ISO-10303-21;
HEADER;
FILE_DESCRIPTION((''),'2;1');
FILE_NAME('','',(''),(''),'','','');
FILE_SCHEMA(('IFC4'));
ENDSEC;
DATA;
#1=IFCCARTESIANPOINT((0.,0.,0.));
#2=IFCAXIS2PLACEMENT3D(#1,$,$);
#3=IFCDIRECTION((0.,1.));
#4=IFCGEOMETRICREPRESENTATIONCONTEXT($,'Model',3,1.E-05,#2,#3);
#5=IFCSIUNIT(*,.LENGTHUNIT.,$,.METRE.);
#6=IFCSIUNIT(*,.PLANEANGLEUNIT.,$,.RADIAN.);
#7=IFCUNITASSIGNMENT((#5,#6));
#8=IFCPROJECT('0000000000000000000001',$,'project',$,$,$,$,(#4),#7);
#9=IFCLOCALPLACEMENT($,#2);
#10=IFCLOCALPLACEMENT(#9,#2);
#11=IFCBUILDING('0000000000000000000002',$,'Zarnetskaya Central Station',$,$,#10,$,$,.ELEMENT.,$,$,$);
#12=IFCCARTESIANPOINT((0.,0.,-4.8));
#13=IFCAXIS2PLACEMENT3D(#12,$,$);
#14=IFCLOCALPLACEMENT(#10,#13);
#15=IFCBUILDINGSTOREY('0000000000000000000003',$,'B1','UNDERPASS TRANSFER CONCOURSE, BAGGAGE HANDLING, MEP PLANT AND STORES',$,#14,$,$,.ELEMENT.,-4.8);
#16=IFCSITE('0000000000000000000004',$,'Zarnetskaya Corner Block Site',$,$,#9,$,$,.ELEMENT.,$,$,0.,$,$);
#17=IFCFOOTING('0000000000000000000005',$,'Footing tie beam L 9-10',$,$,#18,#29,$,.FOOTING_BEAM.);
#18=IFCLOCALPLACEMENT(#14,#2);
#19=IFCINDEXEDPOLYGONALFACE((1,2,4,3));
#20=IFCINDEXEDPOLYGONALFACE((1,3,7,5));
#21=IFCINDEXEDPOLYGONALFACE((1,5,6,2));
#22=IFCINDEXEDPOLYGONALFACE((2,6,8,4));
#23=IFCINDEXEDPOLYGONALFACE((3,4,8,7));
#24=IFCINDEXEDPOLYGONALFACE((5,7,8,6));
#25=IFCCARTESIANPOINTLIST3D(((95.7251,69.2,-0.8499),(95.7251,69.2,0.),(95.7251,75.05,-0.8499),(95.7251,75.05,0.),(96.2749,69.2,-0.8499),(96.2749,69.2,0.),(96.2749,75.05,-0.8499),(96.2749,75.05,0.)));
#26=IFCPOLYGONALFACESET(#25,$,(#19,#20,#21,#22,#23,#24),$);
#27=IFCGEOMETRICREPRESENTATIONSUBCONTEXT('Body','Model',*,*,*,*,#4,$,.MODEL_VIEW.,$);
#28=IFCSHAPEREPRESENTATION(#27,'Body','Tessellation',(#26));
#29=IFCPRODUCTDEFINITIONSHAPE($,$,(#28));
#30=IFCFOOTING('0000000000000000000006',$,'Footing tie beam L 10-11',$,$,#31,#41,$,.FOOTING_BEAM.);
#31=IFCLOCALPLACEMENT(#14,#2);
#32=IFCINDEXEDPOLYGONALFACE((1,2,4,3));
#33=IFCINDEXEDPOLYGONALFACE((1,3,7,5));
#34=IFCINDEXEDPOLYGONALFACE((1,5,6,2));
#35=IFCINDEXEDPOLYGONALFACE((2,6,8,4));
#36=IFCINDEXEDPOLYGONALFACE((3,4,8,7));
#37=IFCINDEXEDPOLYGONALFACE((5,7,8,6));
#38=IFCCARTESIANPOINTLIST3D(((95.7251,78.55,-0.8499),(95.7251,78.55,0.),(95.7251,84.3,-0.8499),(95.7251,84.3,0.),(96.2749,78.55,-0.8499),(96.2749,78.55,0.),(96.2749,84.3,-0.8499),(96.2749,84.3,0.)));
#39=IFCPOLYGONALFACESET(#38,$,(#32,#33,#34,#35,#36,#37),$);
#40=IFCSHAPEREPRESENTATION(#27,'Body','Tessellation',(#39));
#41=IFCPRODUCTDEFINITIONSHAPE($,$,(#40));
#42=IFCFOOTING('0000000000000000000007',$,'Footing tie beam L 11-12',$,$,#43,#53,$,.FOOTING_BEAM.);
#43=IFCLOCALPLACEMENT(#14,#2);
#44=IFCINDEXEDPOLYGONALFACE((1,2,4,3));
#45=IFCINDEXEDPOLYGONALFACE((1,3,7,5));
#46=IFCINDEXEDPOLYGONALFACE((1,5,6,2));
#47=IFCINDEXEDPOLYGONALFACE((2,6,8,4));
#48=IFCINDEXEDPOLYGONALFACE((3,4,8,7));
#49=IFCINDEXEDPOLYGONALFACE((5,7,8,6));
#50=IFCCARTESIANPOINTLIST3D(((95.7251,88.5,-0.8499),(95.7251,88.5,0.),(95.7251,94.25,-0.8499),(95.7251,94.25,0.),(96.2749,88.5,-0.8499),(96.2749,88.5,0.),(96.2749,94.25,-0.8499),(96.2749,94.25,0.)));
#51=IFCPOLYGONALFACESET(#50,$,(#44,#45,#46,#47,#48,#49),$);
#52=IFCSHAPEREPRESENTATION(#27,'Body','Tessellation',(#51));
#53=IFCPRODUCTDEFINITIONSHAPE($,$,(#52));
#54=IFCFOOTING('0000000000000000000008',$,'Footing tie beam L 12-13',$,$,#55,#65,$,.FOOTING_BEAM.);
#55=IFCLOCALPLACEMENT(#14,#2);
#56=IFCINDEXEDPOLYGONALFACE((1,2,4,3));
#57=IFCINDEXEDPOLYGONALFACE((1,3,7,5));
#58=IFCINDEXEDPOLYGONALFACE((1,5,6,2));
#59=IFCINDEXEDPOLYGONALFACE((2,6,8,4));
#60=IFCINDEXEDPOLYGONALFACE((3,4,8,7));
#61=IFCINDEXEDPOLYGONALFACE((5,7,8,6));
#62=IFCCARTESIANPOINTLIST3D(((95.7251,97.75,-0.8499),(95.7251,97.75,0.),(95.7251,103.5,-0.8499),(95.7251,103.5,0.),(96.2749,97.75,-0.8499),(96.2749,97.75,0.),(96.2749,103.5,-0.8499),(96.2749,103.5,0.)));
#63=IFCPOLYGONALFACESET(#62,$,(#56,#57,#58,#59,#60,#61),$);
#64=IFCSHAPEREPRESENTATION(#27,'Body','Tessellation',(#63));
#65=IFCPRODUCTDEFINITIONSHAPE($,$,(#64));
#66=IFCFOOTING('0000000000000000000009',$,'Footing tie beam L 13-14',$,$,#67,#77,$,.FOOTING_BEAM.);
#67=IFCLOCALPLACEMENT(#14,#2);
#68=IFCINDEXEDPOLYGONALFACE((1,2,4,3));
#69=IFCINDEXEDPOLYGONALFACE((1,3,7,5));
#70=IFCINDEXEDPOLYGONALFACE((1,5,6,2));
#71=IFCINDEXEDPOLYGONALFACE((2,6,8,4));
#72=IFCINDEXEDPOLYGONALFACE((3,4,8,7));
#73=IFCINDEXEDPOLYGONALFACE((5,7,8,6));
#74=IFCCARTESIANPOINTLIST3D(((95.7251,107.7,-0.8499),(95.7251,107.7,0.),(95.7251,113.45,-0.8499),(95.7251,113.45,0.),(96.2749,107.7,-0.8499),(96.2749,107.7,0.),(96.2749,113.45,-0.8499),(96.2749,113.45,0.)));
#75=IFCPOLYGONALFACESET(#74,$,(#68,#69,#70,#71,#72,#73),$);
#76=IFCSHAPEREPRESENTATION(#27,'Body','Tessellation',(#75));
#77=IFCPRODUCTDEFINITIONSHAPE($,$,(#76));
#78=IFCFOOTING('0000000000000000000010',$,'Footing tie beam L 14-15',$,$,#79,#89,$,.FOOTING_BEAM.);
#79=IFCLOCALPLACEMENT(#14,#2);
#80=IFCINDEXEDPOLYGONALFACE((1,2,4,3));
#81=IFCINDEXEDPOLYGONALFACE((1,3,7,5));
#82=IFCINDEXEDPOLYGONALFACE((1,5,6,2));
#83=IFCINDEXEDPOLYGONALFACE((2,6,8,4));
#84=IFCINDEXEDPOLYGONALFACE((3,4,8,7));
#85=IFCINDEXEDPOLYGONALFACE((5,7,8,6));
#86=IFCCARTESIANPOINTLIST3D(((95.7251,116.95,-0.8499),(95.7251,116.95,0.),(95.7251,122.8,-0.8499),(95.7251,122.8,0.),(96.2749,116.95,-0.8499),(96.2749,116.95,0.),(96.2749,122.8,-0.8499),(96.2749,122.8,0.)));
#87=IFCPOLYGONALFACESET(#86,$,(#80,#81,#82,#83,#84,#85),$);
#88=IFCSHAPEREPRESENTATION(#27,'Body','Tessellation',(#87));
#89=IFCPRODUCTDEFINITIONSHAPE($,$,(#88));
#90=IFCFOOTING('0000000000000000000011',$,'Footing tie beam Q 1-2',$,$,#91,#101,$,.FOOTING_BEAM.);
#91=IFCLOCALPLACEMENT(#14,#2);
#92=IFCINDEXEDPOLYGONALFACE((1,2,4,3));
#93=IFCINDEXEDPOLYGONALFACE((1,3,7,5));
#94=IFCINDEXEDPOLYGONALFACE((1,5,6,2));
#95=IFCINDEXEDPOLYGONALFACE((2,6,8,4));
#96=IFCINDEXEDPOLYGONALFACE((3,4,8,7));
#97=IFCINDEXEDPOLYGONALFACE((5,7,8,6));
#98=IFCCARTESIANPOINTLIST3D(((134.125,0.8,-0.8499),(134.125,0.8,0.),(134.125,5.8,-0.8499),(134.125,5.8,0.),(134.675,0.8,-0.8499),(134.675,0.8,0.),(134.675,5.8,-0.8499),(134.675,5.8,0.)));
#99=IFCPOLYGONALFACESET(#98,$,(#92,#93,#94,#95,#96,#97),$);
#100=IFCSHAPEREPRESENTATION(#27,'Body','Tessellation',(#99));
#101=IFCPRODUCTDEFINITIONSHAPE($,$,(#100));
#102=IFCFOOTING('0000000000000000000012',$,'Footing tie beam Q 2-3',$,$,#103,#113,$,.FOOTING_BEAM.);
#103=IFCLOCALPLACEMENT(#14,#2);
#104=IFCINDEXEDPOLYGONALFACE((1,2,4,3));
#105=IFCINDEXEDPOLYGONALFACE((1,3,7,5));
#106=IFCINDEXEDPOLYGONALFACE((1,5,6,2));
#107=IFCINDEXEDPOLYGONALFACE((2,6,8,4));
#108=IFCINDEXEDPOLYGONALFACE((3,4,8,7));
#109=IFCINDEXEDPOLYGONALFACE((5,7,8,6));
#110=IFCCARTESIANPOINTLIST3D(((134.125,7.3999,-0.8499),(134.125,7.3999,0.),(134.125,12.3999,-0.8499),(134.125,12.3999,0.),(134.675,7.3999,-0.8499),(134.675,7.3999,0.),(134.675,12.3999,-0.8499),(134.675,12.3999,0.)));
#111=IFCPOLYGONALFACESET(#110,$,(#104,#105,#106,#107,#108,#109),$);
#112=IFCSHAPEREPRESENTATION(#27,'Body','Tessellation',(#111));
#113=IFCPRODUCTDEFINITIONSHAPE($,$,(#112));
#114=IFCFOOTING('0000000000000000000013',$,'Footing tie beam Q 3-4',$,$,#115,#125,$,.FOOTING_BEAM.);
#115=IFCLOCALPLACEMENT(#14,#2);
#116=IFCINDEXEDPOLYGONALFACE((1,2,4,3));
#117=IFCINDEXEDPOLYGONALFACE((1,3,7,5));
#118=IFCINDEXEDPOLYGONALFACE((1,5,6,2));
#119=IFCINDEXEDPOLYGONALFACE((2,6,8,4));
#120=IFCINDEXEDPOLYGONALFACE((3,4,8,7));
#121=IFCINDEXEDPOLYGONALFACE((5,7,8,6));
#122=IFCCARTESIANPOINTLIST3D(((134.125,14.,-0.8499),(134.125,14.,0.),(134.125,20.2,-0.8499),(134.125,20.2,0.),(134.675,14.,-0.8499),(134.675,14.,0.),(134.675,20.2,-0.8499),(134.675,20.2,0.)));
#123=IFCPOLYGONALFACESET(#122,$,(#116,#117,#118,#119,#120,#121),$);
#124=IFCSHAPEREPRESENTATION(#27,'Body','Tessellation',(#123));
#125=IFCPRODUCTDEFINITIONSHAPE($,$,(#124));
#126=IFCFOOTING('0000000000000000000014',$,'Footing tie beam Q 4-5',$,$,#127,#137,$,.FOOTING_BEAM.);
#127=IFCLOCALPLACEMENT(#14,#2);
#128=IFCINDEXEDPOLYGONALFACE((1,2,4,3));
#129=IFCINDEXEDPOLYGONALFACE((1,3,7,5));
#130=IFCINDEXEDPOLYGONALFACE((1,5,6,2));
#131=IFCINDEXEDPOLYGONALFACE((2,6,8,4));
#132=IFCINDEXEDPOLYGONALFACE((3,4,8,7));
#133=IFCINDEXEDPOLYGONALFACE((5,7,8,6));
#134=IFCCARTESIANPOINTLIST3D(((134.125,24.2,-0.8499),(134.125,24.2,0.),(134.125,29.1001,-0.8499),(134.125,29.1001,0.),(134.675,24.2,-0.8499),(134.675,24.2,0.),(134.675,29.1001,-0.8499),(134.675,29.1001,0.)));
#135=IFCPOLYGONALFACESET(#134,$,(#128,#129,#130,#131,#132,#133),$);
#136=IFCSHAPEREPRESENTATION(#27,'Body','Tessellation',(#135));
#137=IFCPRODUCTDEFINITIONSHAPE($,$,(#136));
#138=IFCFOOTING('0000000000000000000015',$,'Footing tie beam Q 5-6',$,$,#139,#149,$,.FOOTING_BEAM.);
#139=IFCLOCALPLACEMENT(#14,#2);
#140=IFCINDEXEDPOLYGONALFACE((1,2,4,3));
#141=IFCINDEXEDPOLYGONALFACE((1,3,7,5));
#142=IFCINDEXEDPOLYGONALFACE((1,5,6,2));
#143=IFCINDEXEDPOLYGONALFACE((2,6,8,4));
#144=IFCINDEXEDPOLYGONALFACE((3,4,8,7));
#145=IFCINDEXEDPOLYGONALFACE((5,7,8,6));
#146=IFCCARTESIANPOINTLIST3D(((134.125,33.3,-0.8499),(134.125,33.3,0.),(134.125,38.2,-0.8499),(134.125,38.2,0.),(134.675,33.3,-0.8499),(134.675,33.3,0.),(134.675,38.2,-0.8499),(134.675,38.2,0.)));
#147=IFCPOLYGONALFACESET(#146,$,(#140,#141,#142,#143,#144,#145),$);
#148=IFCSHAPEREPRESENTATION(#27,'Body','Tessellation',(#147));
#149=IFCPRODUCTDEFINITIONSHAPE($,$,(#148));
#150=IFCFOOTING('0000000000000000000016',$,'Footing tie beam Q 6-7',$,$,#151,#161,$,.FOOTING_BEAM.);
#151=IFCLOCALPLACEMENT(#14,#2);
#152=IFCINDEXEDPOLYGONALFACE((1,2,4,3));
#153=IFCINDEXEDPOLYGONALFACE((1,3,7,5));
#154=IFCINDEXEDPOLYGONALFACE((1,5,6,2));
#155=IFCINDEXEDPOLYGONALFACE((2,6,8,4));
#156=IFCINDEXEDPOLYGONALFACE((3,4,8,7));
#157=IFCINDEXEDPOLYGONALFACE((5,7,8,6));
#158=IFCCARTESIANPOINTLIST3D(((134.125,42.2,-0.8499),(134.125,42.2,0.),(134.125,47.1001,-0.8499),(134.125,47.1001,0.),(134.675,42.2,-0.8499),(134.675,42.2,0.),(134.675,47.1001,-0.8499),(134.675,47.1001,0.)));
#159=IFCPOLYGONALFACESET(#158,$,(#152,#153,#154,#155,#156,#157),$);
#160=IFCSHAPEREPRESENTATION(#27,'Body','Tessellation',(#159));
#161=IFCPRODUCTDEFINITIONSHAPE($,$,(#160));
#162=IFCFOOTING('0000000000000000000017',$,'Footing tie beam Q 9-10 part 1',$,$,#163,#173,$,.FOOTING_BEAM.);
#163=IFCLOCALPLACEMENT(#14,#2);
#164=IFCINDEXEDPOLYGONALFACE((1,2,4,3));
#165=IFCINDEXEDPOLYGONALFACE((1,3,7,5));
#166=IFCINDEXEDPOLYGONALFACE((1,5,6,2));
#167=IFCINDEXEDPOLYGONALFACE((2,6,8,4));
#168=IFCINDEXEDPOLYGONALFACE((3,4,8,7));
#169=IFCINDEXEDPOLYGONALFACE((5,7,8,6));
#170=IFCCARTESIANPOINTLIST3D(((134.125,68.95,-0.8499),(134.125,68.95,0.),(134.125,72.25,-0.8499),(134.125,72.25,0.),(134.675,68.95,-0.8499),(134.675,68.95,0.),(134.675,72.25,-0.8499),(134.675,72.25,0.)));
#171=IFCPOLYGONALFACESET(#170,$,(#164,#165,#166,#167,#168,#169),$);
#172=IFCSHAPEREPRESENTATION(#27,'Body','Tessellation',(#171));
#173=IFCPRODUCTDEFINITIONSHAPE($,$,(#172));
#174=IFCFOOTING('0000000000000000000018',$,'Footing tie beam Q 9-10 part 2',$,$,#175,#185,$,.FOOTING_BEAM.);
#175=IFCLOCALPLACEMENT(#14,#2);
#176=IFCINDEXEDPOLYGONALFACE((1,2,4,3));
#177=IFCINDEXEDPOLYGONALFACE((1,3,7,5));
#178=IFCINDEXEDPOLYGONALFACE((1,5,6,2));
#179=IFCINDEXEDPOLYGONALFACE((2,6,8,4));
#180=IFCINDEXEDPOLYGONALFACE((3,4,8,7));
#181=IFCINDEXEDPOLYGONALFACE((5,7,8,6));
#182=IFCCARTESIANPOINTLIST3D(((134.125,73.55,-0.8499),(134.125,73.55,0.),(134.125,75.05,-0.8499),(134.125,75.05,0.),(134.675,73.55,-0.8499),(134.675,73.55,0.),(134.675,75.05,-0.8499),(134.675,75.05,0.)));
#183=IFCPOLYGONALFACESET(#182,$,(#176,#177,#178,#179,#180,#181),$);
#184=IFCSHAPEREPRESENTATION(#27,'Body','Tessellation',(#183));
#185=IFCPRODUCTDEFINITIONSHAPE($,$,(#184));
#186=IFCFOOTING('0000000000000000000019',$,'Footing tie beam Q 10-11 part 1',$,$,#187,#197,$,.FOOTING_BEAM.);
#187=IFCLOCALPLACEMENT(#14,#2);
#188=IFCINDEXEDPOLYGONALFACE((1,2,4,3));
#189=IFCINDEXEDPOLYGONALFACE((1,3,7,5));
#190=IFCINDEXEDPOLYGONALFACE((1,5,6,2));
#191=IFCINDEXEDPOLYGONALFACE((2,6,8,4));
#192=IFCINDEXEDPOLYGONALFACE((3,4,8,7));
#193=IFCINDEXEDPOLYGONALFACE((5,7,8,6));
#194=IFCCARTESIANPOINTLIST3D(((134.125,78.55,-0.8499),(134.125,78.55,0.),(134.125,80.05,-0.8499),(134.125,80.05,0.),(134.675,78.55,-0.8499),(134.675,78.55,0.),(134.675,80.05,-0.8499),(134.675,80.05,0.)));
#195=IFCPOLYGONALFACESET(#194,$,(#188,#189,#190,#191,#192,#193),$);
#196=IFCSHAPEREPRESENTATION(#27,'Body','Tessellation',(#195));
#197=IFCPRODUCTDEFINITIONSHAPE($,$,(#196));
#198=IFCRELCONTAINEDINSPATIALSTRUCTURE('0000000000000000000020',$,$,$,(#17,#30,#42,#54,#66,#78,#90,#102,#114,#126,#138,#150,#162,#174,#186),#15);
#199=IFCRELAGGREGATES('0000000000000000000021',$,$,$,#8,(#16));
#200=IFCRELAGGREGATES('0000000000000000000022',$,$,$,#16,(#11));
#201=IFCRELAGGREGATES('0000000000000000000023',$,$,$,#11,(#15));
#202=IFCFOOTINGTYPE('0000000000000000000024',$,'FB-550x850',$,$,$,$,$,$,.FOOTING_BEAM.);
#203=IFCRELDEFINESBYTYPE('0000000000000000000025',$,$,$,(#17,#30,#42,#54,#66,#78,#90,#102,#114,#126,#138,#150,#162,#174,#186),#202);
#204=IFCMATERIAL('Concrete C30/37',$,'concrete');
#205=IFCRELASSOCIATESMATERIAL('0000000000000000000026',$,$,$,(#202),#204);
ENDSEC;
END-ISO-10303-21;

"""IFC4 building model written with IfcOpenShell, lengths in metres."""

from ifc_helpers import new_model, si_unit, direction, frame, origin, place, context, subcontext, project, spatial, polyline, outline, extrude, material, type_object, element, save


model = new_model("IFC4")

# Units and contexts
model_context = context("Model", 3, precision=1e-05, world=origin(), true_north=direction((0.0, 1.0)))
body_context = subcontext(model_context, "Body", "Model", "MODEL_VIEW")
ifc_project = project(units=[si_unit("LENGTHUNIT", "METRE"), si_unit("PLANEANGLEUNIT", "RADIAN")], contexts=[model_context])

# Site, building, storey
site_placement = place(None, origin())
site = spatial("IfcSite", under=ifc_project, at=site_placement, Name="Zarnetskaya Corner Block Site", CompositionType="ELEMENT", RefElevation=0.0)
building_placement = place(site_placement, origin())
building = spatial("IfcBuilding", under=site, at=building_placement, Name="Zarnetskaya Central Station", CompositionType="ELEMENT")
storey_placement = place(building_placement, frame((0.0, 0.0, -4.8)))
storey = spatial("IfcBuildingStorey", under=building, at=storey_placement, Name="B1", Description="UNDERPASS TRANSFER CONCOURSE, BAGGAGE HANDLING, MEP PLANT AND STORES", CompositionType="ELEMENT", Elevation=-4.8)

# Footings
ifc_material = material(Name="Concrete C30/37", Category="concrete")
footing_type = type_object("IfcFootingType", Name="FB-550x850", PredefinedType="FOOTING_BEAM", material=ifc_material)
footing_1_placement = place(storey_placement, frame((0.0, 0.0, -0.8499)))
element("IfcFooting", 1, at=footing_1_placement, inside=storey, type_object=footing_type, Name="Footing tie beam L 9-10", PredefinedType="FOOTING_BEAM", context=body_context, shape_type="SweptSolid", body=[
    extrude(outline(polyline([(95.7251, 69.2), (96.2749, 69.2), (96.2749, 75.05), (95.7251, 75.05), (95.7251, 69.2)])), origin(), (0.0, 0.0, 1.0), 0.8499),
])
footing_2_placement = place(storey_placement, frame((0.0, 0.0, -0.8499)))
element("IfcFooting", 2, at=footing_2_placement, inside=storey, type_object=footing_type, Name="Footing tie beam L 10-11", PredefinedType="FOOTING_BEAM", context=body_context, shape_type="SweptSolid", body=[
    extrude(outline(polyline([(95.7251, 78.55), (96.2749, 78.55), (96.2749, 84.3), (95.7251, 84.3), (95.7251, 78.55)])), origin(), (0.0, 0.0, 1.0), 0.8499),
])
footing_3_placement = place(storey_placement, frame((0.0, 0.0, -0.8499)))
element("IfcFooting", 3, at=footing_3_placement, inside=storey, type_object=footing_type, Name="Footing tie beam L 11-12", PredefinedType="FOOTING_BEAM", context=body_context, shape_type="SweptSolid", body=[
    extrude(outline(polyline([(95.7251, 88.5), (96.2749, 88.5), (96.2749, 94.25), (95.7251, 94.25), (95.7251, 88.5)])), origin(), (0.0, 0.0, 1.0), 0.8499),
])
footing_4_placement = place(storey_placement, frame((0.0, 0.0, -0.8499)))
element("IfcFooting", 4, at=footing_4_placement, inside=storey, type_object=footing_type, Name="Footing tie beam L 12-13", PredefinedType="FOOTING_BEAM", context=body_context, shape_type="SweptSolid", body=[
    extrude(outline(polyline([(95.7251, 97.75), (96.2749, 97.75), (96.2749, 103.5), (95.7251, 103.5), (95.7251, 97.75)])), origin(), (0.0, 0.0, 1.0), 0.8499),
])
footing_5_placement = place(storey_placement, frame((0.0, 0.0, -0.8499)))
element("IfcFooting", 5, at=footing_5_placement, inside=storey, type_object=footing_type, Name="Footing tie beam L 13-14", PredefinedType="FOOTING_BEAM", context=body_context, shape_type="SweptSolid", body=[
    extrude(outline(polyline([(95.7251, 107.7), (96.2749, 107.7), (96.2749, 113.45), (95.7251, 113.45), (95.7251, 107.7)])), origin(), (0.0, 0.0, 1.0), 0.8499),
])
footing_6_placement = place(storey_placement, frame((0.0, 0.0, -0.8499)))
element("IfcFooting", 6, at=footing_6_placement, inside=storey, type_object=footing_type, Name="Footing tie beam L 14-15", PredefinedType="FOOTING_BEAM", context=body_context, shape_type="SweptSolid", body=[
    extrude(outline(polyline([(95.7251, 116.95), (96.2749, 116.95), (96.2749, 122.8), (95.7251, 122.8), (95.7251, 116.95)])), origin(), (0.0, 0.0, 1.0), 0.8499),
])
footing_7_placement = place(storey_placement, frame((0.0, 0.0, -0.8499)))
element("IfcFooting", 7, at=footing_7_placement, inside=storey, type_object=footing_type, Name="Footing tie beam Q 1-2", PredefinedType="FOOTING_BEAM", context=body_context, shape_type="SweptSolid", body=[
    extrude(outline(polyline([(134.125, 0.8), (134.675, 0.8), (134.675, 5.8), (134.125, 5.8), (134.125, 0.8)])), origin(), (0.0, 0.0, 1.0), 0.8499),
])
footing_8_placement = place(storey_placement, frame((0.0, 0.0, -0.8499)))
element("IfcFooting", 8, at=footing_8_placement, inside=storey, type_object=footing_type, Name="Footing tie beam Q 2-3", PredefinedType="FOOTING_BEAM", context=body_context, shape_type="SweptSolid", body=[
    extrude(outline(polyline([(134.125, 7.3999), (134.675, 7.3999), (134.675, 12.3999), (134.125, 12.3999), (134.125, 7.3999)])), origin(), (0.0, 0.0, 1.0), 0.8499),
])
footing_9_placement = place(storey_placement, frame((0.0, 0.0, -0.8499)))
element("IfcFooting", 9, at=footing_9_placement, inside=storey, type_object=footing_type, Name="Footing tie beam Q 3-4", PredefinedType="FOOTING_BEAM", context=body_context, shape_type="SweptSolid", body=[
    extrude(outline(polyline([(134.125, 14.0), (134.675, 14.0), (134.675, 20.2), (134.125, 20.2), (134.125, 14.0)])), origin(), (0.0, 0.0, 1.0), 0.8499),
])
footing_10_placement = place(storey_placement, frame((0.0, 0.0, -0.8499)))
element("IfcFooting", 10, at=footing_10_placement, inside=storey, type_object=footing_type, Name="Footing tie beam Q 4-5", PredefinedType="FOOTING_BEAM", context=body_context, shape_type="SweptSolid", body=[
    extrude(outline(polyline([(134.125, 24.2), (134.675, 24.2), (134.675, 29.1001), (134.125, 29.1001), (134.125, 24.2)])), origin(), (0.0, 0.0, 1.0), 0.8499),
])
footing_11_placement = place(storey_placement, frame((0.0, 0.0, -0.8499)))
element("IfcFooting", 11, at=footing_11_placement, inside=storey, type_object=footing_type, Name="Footing tie beam Q 5-6", PredefinedType="FOOTING_BEAM", context=body_context, shape_type="SweptSolid", body=[
    extrude(outline(polyline([(134.125, 33.3), (134.675, 33.3), (134.675, 38.2), (134.125, 38.2), (134.125, 33.3)])), origin(), (0.0, 0.0, 1.0), 0.8499),
])
footing_12_placement = place(storey_placement, frame((0.0, 0.0, -0.8499)))
element("IfcFooting", 12, at=footing_12_placement, inside=storey, type_object=footing_type, Name="Footing tie beam Q 6-7", PredefinedType="FOOTING_BEAM", context=body_context, shape_type="SweptSolid", body=[
    extrude(outline(polyline([(134.125, 42.2), (134.675, 42.2), (134.675, 47.1001), (134.125, 47.1001), (134.125, 42.2)])), origin(), (0.0, 0.0, 1.0), 0.8499),
])
footing_13_placement = place(storey_placement, frame((0.0, 0.0, -0.8499)))
element("IfcFooting", 13, at=footing_13_placement, inside=storey, type_object=footing_type, Name="Footing tie beam Q 9-10 part 1", PredefinedType="FOOTING_BEAM", context=body_context, shape_type="SweptSolid", body=[
    extrude(outline(polyline([(134.125, 68.95), (134.675, 68.95), (134.675, 72.25), (134.125, 72.25), (134.125, 68.95)])), origin(), (0.0, 0.0, 1.0), 0.8499),
])
footing_14_placement = place(storey_placement, frame((0.0, 0.0, -0.8499)))
element("IfcFooting", 14, at=footing_14_placement, inside=storey, type_object=footing_type, Name="Footing tie beam Q 9-10 part 2", PredefinedType="FOOTING_BEAM", context=body_context, shape_type="SweptSolid", body=[
    extrude(outline(polyline([(134.125, 73.55), (134.675, 73.55), (134.675, 75.05), (134.125, 75.05), (134.125, 73.55)])), origin(), (0.0, 0.0, 1.0), 0.8499),
])
footing_15_placement = place(storey_placement, frame((0.0, 0.0, -0.8499)))
element("IfcFooting", 15, at=footing_15_placement, inside=storey, type_object=footing_type, Name="Footing tie beam Q 10-11 part 1", PredefinedType="FOOTING_BEAM", context=body_context, shape_type="SweptSolid", body=[
    extrude(outline(polyline([(134.125, 78.55), (134.675, 78.55), (134.675, 80.05), (134.125, 80.05), (134.125, 78.55)])), origin(), (0.0, 0.0, 1.0), 0.8499),
])

save(model, "model.ifc")
